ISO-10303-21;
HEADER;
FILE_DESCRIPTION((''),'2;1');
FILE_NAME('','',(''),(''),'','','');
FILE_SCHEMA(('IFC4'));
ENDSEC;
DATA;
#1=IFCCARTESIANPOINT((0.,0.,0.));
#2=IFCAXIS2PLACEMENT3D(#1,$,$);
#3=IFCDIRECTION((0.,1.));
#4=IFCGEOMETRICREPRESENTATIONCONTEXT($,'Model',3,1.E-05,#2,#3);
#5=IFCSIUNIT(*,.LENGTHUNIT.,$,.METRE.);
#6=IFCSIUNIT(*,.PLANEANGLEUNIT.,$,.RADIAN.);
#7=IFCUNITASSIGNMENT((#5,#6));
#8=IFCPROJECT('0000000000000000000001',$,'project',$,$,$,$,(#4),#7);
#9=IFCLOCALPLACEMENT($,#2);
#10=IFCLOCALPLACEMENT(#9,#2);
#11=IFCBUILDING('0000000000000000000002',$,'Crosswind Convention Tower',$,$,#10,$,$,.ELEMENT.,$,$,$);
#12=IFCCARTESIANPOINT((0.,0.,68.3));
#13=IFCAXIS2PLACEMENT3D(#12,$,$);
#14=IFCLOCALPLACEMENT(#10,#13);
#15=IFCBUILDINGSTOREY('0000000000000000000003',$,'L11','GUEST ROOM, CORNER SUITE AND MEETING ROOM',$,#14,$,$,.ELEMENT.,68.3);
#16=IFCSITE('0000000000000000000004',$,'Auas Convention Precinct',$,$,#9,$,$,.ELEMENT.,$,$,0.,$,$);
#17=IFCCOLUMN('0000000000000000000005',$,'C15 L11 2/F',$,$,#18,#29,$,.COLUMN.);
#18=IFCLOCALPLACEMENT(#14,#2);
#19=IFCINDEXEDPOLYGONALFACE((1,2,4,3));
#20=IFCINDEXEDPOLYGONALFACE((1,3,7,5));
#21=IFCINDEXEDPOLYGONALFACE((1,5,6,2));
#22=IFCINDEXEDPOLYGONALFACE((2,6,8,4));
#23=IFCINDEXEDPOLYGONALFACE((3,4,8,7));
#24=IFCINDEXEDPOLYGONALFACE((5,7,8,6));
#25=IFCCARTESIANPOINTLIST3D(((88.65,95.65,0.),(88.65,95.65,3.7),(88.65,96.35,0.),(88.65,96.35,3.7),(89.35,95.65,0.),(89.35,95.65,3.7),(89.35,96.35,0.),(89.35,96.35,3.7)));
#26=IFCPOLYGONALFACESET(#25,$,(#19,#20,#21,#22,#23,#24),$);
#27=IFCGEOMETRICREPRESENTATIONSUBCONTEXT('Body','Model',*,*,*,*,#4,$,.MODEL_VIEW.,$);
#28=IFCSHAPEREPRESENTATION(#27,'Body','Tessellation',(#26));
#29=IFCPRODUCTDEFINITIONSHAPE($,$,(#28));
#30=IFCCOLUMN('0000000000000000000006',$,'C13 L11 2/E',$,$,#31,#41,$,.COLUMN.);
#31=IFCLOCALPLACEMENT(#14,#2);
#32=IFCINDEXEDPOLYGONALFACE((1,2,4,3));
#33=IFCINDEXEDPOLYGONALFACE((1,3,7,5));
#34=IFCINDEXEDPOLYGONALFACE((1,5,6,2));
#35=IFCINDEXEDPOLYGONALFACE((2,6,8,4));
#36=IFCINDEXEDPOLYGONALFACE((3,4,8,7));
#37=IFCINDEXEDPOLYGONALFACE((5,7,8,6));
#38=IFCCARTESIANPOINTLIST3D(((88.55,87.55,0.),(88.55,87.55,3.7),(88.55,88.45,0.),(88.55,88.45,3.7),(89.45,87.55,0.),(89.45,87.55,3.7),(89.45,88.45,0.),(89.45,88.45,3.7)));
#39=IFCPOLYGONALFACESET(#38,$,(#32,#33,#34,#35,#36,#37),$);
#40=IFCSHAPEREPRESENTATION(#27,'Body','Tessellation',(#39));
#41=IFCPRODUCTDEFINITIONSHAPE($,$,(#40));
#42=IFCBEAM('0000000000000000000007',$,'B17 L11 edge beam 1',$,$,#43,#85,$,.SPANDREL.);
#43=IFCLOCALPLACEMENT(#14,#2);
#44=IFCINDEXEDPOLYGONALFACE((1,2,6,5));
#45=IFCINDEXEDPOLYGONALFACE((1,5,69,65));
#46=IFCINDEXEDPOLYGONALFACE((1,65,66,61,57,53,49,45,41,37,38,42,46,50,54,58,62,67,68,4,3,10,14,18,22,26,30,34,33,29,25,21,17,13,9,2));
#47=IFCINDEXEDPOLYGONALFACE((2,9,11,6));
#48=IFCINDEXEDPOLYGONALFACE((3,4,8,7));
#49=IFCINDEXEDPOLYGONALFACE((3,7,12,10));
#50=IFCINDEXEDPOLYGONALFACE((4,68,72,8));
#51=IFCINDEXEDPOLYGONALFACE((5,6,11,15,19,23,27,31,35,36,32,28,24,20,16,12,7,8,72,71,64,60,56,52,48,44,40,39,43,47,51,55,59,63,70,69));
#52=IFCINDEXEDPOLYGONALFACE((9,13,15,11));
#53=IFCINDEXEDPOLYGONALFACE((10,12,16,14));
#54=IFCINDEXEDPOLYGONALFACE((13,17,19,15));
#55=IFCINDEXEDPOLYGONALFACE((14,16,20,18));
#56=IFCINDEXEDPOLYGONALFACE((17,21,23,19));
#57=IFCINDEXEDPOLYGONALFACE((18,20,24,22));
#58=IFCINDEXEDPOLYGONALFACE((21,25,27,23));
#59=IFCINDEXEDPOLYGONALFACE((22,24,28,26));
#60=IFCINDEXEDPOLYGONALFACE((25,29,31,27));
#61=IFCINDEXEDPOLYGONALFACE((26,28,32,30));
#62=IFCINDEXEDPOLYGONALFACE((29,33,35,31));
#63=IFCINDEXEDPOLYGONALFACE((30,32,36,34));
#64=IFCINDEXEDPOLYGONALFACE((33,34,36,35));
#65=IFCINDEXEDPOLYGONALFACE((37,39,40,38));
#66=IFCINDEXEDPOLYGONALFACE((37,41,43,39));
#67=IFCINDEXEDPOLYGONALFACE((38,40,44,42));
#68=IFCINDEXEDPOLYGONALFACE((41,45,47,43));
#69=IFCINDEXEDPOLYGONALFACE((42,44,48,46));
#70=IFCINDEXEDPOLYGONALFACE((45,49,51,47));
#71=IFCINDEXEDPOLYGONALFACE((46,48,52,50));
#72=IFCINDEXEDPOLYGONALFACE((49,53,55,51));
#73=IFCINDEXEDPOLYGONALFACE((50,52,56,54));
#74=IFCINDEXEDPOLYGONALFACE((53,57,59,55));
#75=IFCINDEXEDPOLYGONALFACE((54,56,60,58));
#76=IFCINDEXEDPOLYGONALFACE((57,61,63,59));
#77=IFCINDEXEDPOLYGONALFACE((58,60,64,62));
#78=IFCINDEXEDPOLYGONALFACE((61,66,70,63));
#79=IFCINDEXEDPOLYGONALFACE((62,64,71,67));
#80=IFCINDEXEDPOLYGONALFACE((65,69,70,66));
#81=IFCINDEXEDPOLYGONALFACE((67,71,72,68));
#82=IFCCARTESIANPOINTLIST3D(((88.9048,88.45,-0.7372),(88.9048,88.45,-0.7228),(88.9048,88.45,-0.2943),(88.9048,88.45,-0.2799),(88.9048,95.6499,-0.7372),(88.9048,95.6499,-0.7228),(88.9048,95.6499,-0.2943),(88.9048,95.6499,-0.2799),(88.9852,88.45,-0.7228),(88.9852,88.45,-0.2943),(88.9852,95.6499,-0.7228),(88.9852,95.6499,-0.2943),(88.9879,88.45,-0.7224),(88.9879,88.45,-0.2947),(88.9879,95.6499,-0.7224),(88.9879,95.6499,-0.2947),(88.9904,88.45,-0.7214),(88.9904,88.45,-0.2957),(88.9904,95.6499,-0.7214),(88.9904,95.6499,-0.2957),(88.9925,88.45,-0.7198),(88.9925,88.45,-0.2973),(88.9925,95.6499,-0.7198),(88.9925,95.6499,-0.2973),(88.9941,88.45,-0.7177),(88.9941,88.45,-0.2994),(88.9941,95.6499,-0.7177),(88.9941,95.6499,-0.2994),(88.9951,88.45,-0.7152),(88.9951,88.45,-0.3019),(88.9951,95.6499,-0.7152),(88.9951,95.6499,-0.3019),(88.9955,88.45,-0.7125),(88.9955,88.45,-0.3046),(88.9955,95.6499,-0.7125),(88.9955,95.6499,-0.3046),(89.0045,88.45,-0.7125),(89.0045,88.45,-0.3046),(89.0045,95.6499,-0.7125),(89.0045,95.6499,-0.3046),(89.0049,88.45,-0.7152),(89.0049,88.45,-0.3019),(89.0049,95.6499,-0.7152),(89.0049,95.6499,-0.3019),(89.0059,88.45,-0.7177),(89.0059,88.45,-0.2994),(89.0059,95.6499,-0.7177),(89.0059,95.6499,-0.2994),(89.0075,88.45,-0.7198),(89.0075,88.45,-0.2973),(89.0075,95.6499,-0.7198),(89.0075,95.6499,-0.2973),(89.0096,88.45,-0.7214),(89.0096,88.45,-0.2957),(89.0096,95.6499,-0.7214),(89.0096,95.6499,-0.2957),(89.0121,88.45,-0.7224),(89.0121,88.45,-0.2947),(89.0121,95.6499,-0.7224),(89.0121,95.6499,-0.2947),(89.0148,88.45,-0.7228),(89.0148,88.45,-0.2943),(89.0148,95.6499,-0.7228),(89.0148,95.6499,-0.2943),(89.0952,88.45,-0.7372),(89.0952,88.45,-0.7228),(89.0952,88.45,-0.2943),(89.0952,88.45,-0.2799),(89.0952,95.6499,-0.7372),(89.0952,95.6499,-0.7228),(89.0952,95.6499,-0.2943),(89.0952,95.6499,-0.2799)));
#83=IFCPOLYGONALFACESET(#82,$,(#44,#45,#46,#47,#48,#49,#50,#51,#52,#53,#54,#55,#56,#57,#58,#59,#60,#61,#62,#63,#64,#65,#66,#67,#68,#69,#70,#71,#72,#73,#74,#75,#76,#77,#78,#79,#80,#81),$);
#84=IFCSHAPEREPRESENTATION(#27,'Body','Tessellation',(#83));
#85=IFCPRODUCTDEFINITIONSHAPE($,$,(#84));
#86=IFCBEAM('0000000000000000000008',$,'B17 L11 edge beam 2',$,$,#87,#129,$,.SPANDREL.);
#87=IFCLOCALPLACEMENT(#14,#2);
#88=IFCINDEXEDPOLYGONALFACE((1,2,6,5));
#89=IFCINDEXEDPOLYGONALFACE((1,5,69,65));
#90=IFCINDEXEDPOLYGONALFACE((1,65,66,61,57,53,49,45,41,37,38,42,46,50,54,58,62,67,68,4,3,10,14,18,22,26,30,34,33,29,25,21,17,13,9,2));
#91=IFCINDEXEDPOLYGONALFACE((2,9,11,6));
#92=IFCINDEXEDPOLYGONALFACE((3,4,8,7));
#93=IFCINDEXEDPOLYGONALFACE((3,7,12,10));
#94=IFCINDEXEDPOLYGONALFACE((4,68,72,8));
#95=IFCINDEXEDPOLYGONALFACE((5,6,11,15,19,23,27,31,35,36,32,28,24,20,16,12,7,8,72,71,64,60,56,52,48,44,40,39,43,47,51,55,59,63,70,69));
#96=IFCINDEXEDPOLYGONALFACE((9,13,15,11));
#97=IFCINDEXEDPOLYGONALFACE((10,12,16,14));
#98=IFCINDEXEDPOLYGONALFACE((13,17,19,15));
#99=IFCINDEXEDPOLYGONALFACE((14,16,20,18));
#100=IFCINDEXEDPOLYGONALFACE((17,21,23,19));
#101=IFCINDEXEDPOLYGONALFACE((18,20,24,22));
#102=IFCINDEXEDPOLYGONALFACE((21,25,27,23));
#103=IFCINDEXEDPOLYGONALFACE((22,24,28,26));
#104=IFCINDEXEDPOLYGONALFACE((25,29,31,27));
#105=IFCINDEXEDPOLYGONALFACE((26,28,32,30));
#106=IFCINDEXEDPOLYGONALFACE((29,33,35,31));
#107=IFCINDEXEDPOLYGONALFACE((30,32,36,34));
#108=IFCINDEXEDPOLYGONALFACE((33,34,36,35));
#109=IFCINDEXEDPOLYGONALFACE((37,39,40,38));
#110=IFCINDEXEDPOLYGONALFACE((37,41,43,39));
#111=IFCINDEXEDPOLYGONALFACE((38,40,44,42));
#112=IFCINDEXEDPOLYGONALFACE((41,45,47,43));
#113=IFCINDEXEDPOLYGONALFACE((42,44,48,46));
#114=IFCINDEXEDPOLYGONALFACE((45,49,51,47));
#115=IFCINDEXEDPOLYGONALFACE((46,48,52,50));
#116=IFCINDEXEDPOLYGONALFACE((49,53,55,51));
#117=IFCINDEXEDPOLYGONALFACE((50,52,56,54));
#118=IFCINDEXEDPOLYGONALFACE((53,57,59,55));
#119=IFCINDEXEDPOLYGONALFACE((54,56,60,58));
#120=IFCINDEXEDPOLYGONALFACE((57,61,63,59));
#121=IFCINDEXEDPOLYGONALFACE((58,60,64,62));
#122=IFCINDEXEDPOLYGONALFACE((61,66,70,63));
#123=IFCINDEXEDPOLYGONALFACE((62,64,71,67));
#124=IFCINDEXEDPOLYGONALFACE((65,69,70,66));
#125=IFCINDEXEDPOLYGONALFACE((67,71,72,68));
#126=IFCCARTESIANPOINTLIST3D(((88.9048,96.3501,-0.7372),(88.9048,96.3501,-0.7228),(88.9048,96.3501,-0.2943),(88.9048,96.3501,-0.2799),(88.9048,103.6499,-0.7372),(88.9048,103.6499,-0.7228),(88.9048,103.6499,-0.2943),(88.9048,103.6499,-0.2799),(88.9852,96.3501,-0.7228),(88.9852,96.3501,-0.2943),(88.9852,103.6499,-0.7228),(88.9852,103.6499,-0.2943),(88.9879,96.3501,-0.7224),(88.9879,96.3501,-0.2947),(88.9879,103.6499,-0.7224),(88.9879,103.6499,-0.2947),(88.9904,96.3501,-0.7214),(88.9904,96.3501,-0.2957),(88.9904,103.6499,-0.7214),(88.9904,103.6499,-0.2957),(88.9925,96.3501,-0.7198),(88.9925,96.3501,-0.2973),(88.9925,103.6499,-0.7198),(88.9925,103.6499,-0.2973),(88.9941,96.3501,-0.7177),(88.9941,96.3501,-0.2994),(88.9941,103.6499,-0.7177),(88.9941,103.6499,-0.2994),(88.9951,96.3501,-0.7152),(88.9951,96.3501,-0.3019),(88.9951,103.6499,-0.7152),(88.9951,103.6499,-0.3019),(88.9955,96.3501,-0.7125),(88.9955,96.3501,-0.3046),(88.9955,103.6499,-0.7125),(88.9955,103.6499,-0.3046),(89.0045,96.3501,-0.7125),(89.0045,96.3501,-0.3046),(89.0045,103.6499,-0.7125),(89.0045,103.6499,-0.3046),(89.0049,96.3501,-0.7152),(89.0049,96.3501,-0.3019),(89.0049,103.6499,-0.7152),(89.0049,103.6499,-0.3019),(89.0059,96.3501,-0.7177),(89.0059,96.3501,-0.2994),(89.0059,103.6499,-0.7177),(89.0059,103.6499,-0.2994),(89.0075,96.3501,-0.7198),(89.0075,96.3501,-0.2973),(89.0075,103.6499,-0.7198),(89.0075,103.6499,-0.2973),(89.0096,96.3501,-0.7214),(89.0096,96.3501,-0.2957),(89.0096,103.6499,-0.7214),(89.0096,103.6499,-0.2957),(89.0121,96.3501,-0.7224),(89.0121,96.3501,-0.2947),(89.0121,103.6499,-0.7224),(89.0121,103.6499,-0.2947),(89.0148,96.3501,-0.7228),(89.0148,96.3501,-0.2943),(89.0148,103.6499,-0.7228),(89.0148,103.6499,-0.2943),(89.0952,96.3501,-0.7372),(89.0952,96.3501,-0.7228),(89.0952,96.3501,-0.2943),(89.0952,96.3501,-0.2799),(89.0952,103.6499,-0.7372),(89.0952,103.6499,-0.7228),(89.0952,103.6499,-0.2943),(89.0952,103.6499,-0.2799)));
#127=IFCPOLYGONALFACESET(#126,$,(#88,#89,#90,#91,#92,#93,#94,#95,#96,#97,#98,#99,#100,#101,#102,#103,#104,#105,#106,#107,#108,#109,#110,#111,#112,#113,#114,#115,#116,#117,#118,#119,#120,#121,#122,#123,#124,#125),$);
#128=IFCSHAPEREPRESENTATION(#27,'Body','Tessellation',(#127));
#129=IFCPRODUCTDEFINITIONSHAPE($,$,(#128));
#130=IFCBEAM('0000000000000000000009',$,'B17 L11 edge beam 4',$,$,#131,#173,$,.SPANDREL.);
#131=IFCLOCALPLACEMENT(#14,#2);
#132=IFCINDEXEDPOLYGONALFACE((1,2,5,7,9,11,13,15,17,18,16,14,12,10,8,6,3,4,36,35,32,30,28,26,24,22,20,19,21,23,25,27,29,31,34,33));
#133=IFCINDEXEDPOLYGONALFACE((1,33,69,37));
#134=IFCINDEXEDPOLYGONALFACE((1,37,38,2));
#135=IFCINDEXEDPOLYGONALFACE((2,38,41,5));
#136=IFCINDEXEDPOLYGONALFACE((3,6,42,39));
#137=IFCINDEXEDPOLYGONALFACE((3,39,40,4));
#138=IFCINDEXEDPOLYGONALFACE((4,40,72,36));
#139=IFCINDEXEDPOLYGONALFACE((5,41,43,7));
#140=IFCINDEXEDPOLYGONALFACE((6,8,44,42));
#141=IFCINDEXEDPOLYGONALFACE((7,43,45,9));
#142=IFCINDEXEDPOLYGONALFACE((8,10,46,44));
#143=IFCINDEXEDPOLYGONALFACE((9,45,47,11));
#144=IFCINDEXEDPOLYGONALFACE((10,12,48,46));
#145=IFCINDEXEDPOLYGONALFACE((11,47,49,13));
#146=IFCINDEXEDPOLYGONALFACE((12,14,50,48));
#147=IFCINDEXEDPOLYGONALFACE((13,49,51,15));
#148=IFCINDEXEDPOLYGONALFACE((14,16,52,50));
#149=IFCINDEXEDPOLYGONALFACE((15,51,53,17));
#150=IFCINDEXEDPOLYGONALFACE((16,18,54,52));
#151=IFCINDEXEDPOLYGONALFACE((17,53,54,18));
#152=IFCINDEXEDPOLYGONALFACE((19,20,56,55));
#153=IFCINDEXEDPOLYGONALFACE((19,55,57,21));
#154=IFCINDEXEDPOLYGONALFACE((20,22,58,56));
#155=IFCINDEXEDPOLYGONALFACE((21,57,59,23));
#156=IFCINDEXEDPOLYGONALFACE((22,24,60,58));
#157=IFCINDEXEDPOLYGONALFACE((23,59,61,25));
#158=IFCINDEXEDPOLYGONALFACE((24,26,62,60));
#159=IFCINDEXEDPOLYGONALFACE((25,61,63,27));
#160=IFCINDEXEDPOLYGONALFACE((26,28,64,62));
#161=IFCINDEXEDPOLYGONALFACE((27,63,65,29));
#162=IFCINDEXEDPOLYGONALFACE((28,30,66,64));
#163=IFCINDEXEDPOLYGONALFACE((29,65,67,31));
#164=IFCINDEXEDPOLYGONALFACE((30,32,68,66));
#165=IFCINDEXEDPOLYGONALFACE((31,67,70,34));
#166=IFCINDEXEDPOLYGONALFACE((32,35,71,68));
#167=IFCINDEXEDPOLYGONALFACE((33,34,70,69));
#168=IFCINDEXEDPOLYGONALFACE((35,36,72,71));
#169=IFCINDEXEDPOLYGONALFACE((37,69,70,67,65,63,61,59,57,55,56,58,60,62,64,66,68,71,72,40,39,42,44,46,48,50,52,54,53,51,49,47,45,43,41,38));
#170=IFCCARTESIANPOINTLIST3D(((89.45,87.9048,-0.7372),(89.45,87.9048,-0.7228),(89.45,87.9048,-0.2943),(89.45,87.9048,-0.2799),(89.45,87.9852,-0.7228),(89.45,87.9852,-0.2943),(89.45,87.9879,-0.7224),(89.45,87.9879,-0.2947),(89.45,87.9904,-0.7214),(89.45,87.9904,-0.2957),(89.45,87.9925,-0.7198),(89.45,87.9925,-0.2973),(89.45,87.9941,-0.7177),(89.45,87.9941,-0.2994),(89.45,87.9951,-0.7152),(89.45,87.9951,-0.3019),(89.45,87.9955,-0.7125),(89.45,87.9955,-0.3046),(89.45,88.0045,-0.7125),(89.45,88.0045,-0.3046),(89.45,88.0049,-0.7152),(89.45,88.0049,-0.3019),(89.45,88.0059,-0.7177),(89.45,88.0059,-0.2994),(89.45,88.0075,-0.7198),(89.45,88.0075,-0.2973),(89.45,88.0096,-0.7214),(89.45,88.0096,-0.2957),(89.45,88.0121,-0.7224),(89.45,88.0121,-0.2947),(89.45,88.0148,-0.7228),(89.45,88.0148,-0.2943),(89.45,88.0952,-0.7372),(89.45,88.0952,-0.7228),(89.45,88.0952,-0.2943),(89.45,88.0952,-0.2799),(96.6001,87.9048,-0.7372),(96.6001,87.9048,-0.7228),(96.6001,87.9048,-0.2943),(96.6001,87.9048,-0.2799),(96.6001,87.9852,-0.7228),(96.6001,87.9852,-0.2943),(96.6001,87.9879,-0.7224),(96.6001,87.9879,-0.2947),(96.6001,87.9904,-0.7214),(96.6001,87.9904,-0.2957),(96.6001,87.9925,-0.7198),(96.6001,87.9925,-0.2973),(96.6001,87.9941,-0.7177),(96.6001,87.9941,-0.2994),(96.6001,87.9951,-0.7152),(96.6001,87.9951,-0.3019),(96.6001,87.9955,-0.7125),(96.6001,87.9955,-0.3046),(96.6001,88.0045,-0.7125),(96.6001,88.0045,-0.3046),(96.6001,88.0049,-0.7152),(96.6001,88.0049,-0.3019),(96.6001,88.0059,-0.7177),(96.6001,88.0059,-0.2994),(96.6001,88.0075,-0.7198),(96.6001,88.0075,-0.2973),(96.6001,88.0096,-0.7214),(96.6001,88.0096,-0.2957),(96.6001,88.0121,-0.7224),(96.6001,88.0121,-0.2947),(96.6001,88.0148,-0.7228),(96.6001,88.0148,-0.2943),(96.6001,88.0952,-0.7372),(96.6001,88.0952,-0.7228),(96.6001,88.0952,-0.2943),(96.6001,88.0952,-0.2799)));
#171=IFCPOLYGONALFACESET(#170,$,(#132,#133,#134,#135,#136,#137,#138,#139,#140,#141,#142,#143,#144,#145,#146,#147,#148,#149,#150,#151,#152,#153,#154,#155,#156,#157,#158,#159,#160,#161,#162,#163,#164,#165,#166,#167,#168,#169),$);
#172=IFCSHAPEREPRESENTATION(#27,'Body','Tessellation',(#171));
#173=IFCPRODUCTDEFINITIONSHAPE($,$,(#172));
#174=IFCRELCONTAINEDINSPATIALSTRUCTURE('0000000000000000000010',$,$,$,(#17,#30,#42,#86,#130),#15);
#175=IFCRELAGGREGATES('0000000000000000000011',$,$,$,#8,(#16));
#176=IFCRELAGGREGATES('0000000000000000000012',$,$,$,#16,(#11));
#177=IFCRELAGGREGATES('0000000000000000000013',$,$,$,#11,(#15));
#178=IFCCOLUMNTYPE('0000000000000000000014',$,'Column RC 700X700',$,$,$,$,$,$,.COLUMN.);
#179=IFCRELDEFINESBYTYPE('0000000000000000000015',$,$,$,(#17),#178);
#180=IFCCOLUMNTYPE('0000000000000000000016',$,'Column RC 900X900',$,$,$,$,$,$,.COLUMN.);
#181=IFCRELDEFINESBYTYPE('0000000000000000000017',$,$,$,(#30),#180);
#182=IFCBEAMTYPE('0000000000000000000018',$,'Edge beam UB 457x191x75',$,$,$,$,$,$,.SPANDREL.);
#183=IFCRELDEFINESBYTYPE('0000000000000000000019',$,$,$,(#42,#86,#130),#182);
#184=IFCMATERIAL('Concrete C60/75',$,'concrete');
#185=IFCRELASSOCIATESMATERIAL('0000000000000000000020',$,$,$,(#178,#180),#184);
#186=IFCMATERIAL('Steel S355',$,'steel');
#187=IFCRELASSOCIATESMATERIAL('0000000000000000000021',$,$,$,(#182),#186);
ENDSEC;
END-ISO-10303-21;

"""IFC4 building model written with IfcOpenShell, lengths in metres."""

from ifc_helpers import new_model, si_unit, direction, frame, origin, origin_2d, place, context, subcontext, project, spatial, rectangle, i_section, extrude, material, material_profile, profile_set, type_object, element, save


model = new_model("IFC4")

# Units and contexts
model_context = context("Model", 3, precision=1e-05, world=origin(), true_north=direction((0.0, 1.0)))
body_context = subcontext(model_context, "Body", "Model", "MODEL_VIEW")
ifc_project = project(units=[si_unit("LENGTHUNIT", "METRE"), si_unit("PLANEANGLEUNIT", "RADIAN")], contexts=[model_context])

# Site, building, storey
site_placement = place(None, origin())
site = spatial("IfcSite", under=ifc_project, at=site_placement, Name="Auas Convention Precinct", CompositionType="ELEMENT", RefElevation=0.0)
building_placement = place(site_placement, origin())
building = spatial("IfcBuilding", under=site, at=building_placement, Name="Crosswind Convention Tower", CompositionType="ELEMENT")
storey_placement = place(building_placement, frame((0.0, 0.0, 68.3)))
storey = spatial("IfcBuildingStorey", under=building, at=storey_placement, Name="L11", Description="GUEST ROOM, CORNER SUITE AND MEETING ROOM", CompositionType="ELEMENT", Elevation=68.3)

# Columns
ifc_material_1 = material(Name="Concrete C60/75", Category="concrete")
ifc_material_profile_1 = material_profile(ifc_material_1, rectangle(XDim=0.7, YDim=0.7, at=origin_2d()), Name="RC 700X700")
ifc_profile_set_1 = profile_set([ifc_material_profile_1], Name="Concrete C60/75")
column_type_1 = type_object("IfcColumnType", Name="Column RC 700X700", PredefinedType="COLUMN", material=ifc_profile_set_1)
column_1_placement = place(storey_placement, frame((89.0, 96.0, 0.0), z_axis=(0.0, 0.0, 1.0), x_axis=(1.0, 0.0, 0.0)))
element("IfcColumn", 1, at=column_1_placement, inside=storey, type_object=column_type_1, Name="C15 L11 2/F", PredefinedType="COLUMN", context=body_context, shape_type="SweptSolid", body=[
    extrude(rectangle(XDim=0.7, YDim=0.7, at=origin_2d()), origin(), (0.0, 0.0, 1.0), 3.7),
])
ifc_material_profile_2 = material_profile(ifc_material_1, rectangle(XDim=0.8999, YDim=0.8999, at=origin_2d()), Name="RC 900X900")
ifc_profile_set_2 = profile_set([ifc_material_profile_2], Name="Concrete C60/75")
column_type_2 = type_object("IfcColumnType", Name="Column RC 900X900", PredefinedType="COLUMN", material=ifc_profile_set_2)
column_2_placement = place(storey_placement, frame((89.0, 88.0, 0.0), z_axis=(0.0, 0.0, 1.0), x_axis=(1.0, 0.0, 0.0)))
element("IfcColumn", 2, at=column_2_placement, inside=storey, type_object=column_type_2, Name="C13 L11 2/E", PredefinedType="COLUMN", context=body_context, shape_type="SweptSolid", body=[
    extrude(rectangle(XDim=0.8999, YDim=0.8999, at=origin_2d()), origin(), (0.0, 0.0, 1.0), 3.7),
])

# Beams
ifc_material_2 = material(Name="Steel S355", Category="steel")
ifc_material_profile_3 = material_profile(ifc_material_2, i_section(OverallWidth=0.1904, OverallDepth=0.4573, WebThickness=0.009, FlangeThickness=0.0144, FilletRadius=0.0103, at=origin_2d()), Name="UB 457x191x75")
ifc_profile_set_3 = profile_set([ifc_material_profile_3], Name="Steel S355")
beam_type_1 = type_object("IfcBeamType", Name="Edge beam UB 457x191x75", PredefinedType="SPANDREL", material=ifc_profile_set_3)
beam_1_placement = place(storey_placement, frame((89.0, 88.45, -0.5085), z_axis=(0.0, 1.0, 0.0), x_axis=(-1.0, 0.0, 0.0)))
element("IfcBeam", 3, at=beam_1_placement, inside=storey, type_object=beam_type_1, Name="B17 L11 edge beam 1", PredefinedType="SPANDREL", context=body_context, shape_type="SweptSolid", body=[
    extrude(i_section(OverallWidth=0.1904, OverallDepth=0.4573, WebThickness=0.009, FlangeThickness=0.0144, FilletRadius=0.0103, at=origin_2d()), origin(), (0.0, 0.0, 1.0), 7.2),
])
beam_2_placement = place(storey_placement, frame((89.0, 96.3501, -0.5085), z_axis=(0.0, 1.0, 0.0), x_axis=(-1.0, 0.0, 0.0)))
element("IfcBeam", 4, at=beam_2_placement, inside=storey, type_object=beam_type_1, Name="B17 L11 edge beam 2", PredefinedType="SPANDREL", context=body_context, shape_type="SweptSolid", body=[
    extrude(i_section(OverallWidth=0.1904, OverallDepth=0.4573, WebThickness=0.009, FlangeThickness=0.0144, FilletRadius=0.0103, at=origin_2d()), origin(), (0.0, 0.0, 1.0), 7.2998),
])
beam_3_placement = place(storey_placement, frame((89.45, 88.0, -0.5085), z_axis=(1.0, 0.0, 0.0), x_axis=(0.0, 1.0, 0.0)))
element("IfcBeam", 5, at=beam_3_placement, inside=storey, type_object=beam_type_1, Name="B17 L11 edge beam 4", PredefinedType="SPANDREL", context=body_context, shape_type="SweptSolid", body=[
    extrude(i_section(OverallWidth=0.1904, OverallDepth=0.4573, WebThickness=0.009, FlangeThickness=0.0144, FilletRadius=0.0103, at=origin_2d()), origin(), (0.0, 0.0, 1.0), 7.1501),
])

save(model, "model.ifc")
